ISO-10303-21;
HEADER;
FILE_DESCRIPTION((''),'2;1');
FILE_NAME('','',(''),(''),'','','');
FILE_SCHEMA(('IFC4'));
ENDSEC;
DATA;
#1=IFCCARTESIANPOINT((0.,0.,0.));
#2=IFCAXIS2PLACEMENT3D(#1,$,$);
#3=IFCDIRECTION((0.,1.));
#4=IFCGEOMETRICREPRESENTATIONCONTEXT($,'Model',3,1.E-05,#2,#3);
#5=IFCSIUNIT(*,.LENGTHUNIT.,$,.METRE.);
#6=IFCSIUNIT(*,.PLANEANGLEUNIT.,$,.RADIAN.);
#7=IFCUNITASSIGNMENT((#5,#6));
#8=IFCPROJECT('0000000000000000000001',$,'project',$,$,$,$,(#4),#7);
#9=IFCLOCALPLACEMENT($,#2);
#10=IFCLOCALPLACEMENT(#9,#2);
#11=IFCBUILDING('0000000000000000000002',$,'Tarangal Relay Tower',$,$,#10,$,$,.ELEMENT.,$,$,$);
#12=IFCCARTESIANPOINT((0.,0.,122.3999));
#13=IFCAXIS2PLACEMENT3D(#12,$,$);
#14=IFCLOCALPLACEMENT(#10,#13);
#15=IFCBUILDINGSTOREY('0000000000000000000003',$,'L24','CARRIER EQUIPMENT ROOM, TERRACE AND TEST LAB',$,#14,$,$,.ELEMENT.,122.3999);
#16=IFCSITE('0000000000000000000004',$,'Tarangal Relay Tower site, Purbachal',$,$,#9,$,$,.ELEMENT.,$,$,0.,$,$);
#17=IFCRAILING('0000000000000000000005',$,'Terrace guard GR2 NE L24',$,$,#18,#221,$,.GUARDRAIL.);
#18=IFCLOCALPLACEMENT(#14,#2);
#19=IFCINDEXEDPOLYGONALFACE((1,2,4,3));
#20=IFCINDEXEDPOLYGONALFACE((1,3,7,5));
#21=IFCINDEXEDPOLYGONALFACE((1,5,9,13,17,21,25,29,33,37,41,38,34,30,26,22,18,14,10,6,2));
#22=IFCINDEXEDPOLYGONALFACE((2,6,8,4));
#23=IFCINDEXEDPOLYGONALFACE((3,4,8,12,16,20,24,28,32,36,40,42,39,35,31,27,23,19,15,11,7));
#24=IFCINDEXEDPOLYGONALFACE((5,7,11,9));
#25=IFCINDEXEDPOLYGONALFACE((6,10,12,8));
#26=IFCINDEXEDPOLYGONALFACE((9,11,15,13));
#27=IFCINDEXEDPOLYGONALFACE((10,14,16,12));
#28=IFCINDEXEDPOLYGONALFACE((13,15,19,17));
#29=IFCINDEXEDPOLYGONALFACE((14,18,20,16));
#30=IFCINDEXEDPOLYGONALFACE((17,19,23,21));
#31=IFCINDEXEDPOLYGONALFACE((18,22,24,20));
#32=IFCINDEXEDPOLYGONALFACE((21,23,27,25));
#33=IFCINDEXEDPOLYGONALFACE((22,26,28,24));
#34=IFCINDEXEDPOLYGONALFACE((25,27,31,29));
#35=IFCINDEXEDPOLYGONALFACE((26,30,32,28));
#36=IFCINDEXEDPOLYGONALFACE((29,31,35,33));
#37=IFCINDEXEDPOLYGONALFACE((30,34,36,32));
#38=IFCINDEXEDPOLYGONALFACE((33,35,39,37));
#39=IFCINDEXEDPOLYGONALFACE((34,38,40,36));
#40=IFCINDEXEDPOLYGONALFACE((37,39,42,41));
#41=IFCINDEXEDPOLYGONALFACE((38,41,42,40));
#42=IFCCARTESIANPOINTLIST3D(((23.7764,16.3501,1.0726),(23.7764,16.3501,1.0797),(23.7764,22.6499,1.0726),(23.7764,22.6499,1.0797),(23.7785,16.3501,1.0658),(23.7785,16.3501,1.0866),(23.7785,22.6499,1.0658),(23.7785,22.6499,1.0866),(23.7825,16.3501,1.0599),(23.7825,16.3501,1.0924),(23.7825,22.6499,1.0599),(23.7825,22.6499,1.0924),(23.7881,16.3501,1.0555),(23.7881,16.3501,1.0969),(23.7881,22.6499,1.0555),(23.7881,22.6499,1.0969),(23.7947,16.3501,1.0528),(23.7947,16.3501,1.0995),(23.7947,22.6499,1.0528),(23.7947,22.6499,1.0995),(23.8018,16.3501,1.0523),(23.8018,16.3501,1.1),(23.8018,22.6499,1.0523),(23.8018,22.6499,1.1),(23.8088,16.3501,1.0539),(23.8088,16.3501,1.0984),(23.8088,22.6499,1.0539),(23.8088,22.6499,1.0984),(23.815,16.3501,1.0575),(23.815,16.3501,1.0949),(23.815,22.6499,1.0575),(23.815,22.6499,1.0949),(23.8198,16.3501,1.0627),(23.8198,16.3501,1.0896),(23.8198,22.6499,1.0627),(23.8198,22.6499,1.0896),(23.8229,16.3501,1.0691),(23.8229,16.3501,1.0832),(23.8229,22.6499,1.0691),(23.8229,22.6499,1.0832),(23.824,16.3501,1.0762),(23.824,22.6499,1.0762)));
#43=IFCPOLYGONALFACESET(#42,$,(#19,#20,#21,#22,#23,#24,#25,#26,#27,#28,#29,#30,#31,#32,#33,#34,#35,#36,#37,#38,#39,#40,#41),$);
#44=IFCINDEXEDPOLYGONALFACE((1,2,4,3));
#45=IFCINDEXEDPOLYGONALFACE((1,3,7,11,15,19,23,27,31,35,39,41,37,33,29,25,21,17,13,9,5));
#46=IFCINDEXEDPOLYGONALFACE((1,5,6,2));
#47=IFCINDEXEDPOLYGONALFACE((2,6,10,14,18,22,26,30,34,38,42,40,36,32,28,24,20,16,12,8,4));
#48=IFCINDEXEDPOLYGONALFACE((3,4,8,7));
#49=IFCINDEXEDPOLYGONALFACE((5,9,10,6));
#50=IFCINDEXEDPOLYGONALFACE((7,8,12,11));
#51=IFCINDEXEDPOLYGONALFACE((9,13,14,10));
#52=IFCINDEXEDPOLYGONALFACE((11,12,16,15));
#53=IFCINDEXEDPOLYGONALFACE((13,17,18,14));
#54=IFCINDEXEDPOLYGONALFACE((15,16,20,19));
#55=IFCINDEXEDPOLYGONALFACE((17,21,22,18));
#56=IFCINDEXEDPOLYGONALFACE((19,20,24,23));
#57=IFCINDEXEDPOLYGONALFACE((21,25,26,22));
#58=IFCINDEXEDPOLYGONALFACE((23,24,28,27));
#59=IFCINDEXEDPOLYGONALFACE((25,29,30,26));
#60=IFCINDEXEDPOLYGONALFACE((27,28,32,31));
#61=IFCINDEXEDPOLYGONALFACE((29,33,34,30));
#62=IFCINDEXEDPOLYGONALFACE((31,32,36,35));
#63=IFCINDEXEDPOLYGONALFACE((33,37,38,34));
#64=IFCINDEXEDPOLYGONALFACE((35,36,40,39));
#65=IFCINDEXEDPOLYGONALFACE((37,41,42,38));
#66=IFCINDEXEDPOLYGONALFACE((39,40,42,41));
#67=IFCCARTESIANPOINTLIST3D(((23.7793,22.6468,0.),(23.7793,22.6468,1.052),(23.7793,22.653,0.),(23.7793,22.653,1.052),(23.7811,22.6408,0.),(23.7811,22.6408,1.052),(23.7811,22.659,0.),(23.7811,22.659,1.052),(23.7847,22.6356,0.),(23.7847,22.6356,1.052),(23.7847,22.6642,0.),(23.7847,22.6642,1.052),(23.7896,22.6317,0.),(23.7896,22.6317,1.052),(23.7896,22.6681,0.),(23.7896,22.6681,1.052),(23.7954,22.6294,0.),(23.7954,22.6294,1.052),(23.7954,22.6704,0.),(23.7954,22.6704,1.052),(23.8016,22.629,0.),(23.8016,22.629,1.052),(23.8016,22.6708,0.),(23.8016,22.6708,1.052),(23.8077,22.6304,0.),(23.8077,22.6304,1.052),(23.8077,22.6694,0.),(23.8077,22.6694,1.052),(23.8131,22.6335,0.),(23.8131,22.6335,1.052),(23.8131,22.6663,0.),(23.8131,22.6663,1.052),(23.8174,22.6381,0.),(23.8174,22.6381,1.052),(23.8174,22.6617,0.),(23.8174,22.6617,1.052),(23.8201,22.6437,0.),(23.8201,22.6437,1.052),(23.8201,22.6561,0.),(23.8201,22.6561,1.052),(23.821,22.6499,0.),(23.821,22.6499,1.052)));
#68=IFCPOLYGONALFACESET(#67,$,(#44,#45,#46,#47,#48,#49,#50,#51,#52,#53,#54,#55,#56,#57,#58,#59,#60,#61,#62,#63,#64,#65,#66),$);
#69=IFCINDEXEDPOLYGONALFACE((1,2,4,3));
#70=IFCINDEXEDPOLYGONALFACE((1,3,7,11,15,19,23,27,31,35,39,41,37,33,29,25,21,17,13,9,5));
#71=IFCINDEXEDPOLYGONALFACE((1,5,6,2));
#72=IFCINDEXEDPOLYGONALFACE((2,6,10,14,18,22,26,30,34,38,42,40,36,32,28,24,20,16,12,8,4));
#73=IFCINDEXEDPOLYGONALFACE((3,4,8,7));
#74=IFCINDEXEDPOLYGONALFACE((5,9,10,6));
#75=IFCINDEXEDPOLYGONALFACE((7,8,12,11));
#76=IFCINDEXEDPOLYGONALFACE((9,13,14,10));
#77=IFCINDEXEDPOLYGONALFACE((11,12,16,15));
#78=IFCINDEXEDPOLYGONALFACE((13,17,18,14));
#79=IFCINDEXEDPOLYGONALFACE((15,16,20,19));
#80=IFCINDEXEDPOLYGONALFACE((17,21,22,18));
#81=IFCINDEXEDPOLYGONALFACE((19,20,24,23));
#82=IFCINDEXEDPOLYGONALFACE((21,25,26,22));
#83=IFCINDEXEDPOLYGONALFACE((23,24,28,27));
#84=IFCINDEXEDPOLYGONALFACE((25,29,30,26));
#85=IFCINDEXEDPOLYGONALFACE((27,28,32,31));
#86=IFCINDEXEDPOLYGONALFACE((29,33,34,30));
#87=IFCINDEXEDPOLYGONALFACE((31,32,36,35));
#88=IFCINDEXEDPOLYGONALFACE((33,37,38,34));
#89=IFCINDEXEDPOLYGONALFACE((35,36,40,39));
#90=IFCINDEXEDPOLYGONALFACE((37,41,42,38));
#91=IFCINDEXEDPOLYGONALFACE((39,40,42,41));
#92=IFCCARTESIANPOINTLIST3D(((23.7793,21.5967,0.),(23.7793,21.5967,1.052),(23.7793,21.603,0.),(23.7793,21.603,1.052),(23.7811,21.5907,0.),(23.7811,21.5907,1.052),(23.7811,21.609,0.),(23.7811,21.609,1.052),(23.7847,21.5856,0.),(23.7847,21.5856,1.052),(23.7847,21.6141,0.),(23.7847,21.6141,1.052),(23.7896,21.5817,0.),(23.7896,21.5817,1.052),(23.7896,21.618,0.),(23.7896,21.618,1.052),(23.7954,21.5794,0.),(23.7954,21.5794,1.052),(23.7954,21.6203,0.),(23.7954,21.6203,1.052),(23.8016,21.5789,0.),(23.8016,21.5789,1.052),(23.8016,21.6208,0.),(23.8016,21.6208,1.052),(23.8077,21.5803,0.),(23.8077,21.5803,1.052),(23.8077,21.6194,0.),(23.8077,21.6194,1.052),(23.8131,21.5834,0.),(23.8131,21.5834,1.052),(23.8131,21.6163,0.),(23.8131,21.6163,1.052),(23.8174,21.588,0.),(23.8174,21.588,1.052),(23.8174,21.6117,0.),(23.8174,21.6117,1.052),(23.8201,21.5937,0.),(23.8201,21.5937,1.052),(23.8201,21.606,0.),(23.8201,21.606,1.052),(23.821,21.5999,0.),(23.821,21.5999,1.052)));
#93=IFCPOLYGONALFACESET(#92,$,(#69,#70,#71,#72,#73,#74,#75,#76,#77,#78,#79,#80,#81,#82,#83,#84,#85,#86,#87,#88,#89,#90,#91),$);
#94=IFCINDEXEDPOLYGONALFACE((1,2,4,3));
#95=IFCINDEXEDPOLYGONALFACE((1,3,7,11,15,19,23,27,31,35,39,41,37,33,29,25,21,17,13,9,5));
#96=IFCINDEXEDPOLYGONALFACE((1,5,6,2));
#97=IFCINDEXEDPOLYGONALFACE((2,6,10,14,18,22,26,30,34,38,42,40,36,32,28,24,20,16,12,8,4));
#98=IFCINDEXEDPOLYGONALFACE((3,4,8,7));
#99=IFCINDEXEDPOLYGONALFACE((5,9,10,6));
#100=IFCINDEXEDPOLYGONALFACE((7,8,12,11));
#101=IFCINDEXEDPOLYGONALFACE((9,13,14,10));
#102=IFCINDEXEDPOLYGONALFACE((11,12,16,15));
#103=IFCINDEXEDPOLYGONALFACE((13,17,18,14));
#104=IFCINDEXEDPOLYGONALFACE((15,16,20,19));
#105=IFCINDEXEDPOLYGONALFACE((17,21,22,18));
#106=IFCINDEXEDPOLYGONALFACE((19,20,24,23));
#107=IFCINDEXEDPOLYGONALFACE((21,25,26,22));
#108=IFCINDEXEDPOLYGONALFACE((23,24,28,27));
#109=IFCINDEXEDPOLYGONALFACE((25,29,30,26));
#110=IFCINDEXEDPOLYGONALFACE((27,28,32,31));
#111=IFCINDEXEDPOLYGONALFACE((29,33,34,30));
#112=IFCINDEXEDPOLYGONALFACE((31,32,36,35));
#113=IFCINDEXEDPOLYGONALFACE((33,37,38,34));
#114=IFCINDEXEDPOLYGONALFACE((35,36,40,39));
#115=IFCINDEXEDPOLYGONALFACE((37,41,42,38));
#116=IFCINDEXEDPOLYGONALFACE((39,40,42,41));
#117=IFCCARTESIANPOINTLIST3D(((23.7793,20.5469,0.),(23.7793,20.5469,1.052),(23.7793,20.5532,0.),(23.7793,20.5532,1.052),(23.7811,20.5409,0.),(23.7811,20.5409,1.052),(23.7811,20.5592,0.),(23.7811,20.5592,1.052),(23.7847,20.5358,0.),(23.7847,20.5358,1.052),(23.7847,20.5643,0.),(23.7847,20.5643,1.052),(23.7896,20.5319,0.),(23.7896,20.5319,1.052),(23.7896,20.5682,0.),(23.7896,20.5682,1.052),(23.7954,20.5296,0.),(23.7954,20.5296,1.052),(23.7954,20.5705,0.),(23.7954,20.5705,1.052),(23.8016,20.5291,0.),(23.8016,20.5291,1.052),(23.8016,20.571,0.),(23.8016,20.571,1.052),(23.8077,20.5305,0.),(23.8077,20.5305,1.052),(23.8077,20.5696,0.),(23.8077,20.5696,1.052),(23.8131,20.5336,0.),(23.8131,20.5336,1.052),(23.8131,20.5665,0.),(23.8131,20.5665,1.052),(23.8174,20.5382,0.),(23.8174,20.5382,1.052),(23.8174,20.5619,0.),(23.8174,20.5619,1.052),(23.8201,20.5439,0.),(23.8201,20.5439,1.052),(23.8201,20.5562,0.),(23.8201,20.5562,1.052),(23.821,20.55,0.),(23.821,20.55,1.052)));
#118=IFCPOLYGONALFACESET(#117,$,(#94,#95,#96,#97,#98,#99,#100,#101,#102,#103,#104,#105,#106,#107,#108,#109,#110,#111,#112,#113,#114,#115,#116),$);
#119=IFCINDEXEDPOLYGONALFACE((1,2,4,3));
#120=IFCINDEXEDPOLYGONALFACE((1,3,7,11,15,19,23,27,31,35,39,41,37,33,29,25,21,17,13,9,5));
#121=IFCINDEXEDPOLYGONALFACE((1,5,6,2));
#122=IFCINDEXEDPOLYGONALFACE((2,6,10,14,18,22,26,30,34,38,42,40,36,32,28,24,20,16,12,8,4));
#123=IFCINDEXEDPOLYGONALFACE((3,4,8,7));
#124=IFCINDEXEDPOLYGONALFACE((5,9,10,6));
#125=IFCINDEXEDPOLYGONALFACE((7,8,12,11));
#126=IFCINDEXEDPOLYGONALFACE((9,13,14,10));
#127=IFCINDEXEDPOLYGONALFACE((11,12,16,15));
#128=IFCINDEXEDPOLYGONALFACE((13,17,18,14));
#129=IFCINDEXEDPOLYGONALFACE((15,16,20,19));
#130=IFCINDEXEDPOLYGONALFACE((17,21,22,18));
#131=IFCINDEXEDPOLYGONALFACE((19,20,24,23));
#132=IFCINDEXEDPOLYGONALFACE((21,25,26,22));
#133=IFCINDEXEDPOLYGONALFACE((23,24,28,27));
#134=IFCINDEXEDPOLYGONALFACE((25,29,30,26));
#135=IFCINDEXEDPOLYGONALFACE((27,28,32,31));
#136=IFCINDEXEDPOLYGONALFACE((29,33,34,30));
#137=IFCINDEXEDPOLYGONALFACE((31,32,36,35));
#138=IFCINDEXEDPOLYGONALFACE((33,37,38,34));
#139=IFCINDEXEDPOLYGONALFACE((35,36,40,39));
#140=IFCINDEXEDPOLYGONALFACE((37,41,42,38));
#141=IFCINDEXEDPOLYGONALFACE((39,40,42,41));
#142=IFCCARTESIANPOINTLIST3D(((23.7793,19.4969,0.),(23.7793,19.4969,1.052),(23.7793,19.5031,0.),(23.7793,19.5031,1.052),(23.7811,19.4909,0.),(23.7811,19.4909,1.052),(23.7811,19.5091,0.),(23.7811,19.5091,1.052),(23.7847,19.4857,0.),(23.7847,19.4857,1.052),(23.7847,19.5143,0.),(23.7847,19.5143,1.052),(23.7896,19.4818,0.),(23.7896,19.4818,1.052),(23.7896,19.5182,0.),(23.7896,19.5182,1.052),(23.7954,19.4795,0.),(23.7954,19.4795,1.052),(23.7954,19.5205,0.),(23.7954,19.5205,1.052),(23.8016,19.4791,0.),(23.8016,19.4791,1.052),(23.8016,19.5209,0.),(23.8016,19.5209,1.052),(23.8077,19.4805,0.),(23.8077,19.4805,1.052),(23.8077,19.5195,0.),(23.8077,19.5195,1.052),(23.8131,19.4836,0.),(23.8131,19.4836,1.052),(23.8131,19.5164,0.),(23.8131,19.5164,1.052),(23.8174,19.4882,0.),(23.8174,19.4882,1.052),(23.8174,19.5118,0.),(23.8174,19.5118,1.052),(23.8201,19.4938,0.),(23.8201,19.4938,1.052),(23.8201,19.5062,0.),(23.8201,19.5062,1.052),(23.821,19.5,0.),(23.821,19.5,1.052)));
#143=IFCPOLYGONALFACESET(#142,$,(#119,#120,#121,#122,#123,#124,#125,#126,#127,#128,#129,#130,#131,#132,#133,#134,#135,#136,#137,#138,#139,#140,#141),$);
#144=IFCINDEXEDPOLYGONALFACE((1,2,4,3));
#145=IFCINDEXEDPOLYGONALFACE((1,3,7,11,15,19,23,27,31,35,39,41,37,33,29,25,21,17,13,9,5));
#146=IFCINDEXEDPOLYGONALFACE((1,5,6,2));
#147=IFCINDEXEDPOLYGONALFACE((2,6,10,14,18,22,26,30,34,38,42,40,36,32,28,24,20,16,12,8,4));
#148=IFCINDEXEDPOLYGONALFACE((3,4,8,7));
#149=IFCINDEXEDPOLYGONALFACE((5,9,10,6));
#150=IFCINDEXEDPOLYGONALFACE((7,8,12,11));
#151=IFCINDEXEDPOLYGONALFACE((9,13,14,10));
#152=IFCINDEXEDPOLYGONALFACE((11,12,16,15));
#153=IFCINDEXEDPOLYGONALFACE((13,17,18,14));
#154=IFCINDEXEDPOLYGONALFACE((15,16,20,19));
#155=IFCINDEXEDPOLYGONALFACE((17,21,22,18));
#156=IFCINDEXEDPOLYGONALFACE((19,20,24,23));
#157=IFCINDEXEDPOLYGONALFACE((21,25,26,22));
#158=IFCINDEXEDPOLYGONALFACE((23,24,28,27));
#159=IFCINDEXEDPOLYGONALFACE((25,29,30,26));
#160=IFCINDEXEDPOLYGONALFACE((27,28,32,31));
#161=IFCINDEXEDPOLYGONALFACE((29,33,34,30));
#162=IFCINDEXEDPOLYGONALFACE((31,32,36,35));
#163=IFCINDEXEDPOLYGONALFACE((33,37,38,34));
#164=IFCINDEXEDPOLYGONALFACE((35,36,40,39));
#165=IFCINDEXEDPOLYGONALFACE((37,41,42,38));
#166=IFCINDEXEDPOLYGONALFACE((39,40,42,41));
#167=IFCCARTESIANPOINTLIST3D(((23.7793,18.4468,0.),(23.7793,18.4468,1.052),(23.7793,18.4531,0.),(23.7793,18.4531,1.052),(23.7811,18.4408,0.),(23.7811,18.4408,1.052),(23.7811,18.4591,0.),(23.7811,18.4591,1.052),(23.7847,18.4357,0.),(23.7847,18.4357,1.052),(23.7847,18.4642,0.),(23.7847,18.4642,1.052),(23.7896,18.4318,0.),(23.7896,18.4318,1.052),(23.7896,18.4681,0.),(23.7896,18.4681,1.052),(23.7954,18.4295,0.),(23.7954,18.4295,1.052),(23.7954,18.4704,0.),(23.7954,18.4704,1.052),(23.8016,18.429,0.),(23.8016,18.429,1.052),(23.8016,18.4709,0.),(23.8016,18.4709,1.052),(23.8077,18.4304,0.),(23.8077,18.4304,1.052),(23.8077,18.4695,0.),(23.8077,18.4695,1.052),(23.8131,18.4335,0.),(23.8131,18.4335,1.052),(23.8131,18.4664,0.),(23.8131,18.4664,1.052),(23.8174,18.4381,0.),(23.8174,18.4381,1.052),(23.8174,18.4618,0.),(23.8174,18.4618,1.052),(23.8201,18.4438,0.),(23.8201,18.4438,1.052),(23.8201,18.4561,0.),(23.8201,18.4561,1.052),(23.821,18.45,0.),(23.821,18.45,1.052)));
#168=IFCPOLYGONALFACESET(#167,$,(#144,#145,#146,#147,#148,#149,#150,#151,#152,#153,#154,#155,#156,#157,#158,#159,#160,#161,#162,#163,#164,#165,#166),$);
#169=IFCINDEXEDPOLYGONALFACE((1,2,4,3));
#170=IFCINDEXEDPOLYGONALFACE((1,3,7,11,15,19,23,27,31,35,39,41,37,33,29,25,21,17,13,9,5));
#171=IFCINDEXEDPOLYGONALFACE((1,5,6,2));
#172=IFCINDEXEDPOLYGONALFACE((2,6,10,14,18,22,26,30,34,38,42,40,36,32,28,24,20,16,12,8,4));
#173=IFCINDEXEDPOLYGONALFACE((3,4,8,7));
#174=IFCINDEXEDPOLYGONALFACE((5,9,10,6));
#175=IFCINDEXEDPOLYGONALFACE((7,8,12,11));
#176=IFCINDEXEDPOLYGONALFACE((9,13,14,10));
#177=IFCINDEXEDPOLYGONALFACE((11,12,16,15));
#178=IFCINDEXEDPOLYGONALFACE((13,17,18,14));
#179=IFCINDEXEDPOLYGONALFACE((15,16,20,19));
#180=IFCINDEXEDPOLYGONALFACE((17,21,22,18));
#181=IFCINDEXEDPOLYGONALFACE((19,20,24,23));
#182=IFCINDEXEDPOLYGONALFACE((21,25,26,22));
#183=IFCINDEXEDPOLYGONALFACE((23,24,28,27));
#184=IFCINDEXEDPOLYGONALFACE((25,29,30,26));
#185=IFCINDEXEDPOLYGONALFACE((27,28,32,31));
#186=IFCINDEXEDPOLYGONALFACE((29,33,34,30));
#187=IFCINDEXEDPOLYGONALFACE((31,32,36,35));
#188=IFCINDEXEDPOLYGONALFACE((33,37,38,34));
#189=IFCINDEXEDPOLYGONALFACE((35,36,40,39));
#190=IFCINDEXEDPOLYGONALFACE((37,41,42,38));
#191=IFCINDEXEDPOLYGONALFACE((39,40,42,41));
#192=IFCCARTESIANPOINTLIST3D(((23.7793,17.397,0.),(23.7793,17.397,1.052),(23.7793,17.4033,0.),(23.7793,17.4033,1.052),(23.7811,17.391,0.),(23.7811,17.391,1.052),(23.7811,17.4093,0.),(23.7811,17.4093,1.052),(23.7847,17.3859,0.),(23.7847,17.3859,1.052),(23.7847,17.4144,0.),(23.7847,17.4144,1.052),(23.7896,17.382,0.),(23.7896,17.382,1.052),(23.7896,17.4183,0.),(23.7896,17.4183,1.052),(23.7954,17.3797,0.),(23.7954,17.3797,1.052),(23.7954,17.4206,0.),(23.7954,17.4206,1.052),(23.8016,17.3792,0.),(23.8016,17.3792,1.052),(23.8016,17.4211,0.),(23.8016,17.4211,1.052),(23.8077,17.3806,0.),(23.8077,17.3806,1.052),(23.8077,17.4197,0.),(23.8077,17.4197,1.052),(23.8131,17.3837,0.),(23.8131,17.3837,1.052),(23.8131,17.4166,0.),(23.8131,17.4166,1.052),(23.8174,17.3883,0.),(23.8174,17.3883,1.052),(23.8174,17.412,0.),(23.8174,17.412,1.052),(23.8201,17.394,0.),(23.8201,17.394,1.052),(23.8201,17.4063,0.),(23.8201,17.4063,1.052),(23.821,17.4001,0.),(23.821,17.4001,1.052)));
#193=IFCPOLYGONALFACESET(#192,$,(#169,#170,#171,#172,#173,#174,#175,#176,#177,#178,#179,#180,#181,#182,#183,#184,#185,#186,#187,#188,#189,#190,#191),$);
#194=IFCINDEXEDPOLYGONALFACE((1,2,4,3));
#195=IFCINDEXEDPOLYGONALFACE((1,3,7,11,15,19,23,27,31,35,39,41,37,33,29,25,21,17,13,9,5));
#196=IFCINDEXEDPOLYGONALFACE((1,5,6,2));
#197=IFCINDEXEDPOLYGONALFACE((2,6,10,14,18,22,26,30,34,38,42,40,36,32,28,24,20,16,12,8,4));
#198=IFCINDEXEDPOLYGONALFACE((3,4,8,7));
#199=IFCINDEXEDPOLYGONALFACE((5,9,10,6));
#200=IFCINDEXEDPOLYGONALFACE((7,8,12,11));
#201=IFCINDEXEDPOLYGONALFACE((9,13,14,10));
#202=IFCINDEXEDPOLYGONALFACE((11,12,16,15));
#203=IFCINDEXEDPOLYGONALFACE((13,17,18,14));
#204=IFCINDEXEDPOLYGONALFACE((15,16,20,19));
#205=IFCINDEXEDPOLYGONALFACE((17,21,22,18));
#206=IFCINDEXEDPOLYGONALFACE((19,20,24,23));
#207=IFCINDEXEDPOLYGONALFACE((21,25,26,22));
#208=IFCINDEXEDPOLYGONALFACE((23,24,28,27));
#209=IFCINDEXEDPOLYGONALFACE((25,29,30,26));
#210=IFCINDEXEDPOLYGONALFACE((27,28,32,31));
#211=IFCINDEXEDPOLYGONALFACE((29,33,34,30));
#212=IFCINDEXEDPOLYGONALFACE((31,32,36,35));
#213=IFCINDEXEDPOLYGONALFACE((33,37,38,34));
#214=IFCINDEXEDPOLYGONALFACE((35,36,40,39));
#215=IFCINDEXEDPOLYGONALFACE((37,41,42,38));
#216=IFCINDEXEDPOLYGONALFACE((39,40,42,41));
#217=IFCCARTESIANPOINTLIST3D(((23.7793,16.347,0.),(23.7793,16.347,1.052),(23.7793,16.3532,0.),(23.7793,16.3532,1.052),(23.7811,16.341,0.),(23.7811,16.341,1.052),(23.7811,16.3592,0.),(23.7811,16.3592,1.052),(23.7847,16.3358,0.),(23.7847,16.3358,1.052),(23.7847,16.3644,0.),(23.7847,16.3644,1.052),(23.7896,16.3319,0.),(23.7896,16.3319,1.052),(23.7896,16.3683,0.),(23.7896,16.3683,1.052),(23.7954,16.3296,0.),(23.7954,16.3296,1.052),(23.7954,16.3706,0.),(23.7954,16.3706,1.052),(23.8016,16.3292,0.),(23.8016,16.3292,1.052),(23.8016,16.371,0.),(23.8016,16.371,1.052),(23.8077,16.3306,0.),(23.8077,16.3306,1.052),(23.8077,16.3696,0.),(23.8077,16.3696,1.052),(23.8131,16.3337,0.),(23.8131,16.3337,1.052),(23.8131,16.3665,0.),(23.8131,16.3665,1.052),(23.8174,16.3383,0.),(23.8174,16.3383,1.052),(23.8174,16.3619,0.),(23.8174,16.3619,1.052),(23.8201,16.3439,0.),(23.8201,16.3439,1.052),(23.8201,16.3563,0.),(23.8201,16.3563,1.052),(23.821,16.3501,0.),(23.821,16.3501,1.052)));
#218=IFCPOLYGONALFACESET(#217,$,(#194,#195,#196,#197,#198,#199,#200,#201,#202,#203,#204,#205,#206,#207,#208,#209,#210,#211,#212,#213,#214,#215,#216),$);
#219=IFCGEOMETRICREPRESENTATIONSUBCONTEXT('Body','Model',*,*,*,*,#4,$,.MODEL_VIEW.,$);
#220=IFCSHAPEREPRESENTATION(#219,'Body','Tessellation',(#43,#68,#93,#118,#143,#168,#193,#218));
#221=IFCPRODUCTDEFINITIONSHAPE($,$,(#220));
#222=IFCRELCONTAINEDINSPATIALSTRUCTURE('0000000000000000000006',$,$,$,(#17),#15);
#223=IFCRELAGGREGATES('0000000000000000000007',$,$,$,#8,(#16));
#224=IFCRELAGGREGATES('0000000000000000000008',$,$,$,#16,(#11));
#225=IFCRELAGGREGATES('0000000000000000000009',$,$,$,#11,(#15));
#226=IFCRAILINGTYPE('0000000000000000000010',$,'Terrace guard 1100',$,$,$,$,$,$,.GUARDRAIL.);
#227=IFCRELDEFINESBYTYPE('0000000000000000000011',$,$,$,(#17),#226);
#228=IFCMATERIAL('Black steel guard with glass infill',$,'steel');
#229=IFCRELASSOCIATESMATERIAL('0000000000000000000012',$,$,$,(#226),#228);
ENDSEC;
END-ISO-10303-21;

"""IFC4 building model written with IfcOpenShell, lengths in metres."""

from ifc_helpers import new_model, si_unit, direction, frame, origin, origin_2d, place, context, subcontext, project, spatial, circle, extrude, material, type_object, element, save


model = new_model("IFC4")

# Units and contexts
model_context = context("Model", 3, precision=1e-05, world=origin(), true_north=direction((0.0, 1.0)))
body_context = subcontext(model_context, "Body", "Model", "MODEL_VIEW")
ifc_project = project(units=[si_unit("LENGTHUNIT", "METRE"), si_unit("PLANEANGLEUNIT", "RADIAN")], contexts=[model_context])

# Site, building, storey
site_placement = place(None, origin())
site = spatial("IfcSite", under=ifc_project, at=site_placement, Name="Tarangal Relay Tower site, Purbachal", CompositionType="ELEMENT", RefElevation=0.0)
building_placement = place(site_placement, origin())
building = spatial("IfcBuilding", under=site, at=building_placement, Name="Tarangal Relay Tower", CompositionType="ELEMENT")
storey_placement = place(building_placement, frame((0.0, 0.0, 122.3999)))
storey = spatial("IfcBuildingStorey", under=building, at=storey_placement, Name="L24", Description="CARRIER EQUIPMENT ROOM, TERRACE AND TEST LAB", CompositionType="ELEMENT", Elevation=122.3999)

# Railing
ifc_material_1 = material(Name="Black steel guard with glass infill", Category="steel")
railing_type = type_object("IfcRailingType", Name="Terrace guard 1100", PredefinedType="GUARDRAIL", material=ifc_material_1)
railing_1_placement = place(storey_placement, frame((23.8, 22.6499, 0.0)))
element("IfcRailing", 1, at=railing_1_placement, inside=storey, type_object=railing_type, Name="Terrace guard GR2 NE L24", PredefinedType="GUARDRAIL", context=body_context, shape_type="SweptSolid", body=[
    extrude(circle(Radius=0.0239, at=origin_2d()), frame((0.0, 0.0, 1.0762), z_axis=(0.0, -1.0, 0.0), x_axis=(1.0, 0.0, 0.0)), (0.0, 0.0, 1.0), 6.2998),
    extrude(circle(Radius=0.021, at=origin_2d()), origin(), (0.0, 0.0, 1.0), 1.052),
    extrude(circle(Radius=0.021, at=origin_2d()), frame((0.0, -1.05, 0.0)), (0.0, 0.0, 1.0), 1.052),
    extrude(circle(Radius=0.021, at=origin_2d()), frame((0.0, -2.0999, 0.0)), (0.0, 0.0, 1.0), 1.052),
    extrude(circle(Radius=0.021, at=origin_2d()), frame((0.0, -3.1499, 0.0)), (0.0, 0.0, 1.0), 1.052),
    extrude(circle(Radius=0.021, at=origin_2d()), frame((0.0, -4.2, 0.0)), (0.0, 0.0, 1.0), 1.052),
    extrude(circle(Radius=0.021, at=origin_2d()), frame((0.0, -5.2498, 0.0)), (0.0, 0.0, 1.0), 1.052),
    extrude(circle(Radius=0.021, at=origin_2d()), frame((0.0, -6.2998, 0.0)), (0.0, 0.0, 1.0), 1.052),
])

save(model, "model.ifc")
